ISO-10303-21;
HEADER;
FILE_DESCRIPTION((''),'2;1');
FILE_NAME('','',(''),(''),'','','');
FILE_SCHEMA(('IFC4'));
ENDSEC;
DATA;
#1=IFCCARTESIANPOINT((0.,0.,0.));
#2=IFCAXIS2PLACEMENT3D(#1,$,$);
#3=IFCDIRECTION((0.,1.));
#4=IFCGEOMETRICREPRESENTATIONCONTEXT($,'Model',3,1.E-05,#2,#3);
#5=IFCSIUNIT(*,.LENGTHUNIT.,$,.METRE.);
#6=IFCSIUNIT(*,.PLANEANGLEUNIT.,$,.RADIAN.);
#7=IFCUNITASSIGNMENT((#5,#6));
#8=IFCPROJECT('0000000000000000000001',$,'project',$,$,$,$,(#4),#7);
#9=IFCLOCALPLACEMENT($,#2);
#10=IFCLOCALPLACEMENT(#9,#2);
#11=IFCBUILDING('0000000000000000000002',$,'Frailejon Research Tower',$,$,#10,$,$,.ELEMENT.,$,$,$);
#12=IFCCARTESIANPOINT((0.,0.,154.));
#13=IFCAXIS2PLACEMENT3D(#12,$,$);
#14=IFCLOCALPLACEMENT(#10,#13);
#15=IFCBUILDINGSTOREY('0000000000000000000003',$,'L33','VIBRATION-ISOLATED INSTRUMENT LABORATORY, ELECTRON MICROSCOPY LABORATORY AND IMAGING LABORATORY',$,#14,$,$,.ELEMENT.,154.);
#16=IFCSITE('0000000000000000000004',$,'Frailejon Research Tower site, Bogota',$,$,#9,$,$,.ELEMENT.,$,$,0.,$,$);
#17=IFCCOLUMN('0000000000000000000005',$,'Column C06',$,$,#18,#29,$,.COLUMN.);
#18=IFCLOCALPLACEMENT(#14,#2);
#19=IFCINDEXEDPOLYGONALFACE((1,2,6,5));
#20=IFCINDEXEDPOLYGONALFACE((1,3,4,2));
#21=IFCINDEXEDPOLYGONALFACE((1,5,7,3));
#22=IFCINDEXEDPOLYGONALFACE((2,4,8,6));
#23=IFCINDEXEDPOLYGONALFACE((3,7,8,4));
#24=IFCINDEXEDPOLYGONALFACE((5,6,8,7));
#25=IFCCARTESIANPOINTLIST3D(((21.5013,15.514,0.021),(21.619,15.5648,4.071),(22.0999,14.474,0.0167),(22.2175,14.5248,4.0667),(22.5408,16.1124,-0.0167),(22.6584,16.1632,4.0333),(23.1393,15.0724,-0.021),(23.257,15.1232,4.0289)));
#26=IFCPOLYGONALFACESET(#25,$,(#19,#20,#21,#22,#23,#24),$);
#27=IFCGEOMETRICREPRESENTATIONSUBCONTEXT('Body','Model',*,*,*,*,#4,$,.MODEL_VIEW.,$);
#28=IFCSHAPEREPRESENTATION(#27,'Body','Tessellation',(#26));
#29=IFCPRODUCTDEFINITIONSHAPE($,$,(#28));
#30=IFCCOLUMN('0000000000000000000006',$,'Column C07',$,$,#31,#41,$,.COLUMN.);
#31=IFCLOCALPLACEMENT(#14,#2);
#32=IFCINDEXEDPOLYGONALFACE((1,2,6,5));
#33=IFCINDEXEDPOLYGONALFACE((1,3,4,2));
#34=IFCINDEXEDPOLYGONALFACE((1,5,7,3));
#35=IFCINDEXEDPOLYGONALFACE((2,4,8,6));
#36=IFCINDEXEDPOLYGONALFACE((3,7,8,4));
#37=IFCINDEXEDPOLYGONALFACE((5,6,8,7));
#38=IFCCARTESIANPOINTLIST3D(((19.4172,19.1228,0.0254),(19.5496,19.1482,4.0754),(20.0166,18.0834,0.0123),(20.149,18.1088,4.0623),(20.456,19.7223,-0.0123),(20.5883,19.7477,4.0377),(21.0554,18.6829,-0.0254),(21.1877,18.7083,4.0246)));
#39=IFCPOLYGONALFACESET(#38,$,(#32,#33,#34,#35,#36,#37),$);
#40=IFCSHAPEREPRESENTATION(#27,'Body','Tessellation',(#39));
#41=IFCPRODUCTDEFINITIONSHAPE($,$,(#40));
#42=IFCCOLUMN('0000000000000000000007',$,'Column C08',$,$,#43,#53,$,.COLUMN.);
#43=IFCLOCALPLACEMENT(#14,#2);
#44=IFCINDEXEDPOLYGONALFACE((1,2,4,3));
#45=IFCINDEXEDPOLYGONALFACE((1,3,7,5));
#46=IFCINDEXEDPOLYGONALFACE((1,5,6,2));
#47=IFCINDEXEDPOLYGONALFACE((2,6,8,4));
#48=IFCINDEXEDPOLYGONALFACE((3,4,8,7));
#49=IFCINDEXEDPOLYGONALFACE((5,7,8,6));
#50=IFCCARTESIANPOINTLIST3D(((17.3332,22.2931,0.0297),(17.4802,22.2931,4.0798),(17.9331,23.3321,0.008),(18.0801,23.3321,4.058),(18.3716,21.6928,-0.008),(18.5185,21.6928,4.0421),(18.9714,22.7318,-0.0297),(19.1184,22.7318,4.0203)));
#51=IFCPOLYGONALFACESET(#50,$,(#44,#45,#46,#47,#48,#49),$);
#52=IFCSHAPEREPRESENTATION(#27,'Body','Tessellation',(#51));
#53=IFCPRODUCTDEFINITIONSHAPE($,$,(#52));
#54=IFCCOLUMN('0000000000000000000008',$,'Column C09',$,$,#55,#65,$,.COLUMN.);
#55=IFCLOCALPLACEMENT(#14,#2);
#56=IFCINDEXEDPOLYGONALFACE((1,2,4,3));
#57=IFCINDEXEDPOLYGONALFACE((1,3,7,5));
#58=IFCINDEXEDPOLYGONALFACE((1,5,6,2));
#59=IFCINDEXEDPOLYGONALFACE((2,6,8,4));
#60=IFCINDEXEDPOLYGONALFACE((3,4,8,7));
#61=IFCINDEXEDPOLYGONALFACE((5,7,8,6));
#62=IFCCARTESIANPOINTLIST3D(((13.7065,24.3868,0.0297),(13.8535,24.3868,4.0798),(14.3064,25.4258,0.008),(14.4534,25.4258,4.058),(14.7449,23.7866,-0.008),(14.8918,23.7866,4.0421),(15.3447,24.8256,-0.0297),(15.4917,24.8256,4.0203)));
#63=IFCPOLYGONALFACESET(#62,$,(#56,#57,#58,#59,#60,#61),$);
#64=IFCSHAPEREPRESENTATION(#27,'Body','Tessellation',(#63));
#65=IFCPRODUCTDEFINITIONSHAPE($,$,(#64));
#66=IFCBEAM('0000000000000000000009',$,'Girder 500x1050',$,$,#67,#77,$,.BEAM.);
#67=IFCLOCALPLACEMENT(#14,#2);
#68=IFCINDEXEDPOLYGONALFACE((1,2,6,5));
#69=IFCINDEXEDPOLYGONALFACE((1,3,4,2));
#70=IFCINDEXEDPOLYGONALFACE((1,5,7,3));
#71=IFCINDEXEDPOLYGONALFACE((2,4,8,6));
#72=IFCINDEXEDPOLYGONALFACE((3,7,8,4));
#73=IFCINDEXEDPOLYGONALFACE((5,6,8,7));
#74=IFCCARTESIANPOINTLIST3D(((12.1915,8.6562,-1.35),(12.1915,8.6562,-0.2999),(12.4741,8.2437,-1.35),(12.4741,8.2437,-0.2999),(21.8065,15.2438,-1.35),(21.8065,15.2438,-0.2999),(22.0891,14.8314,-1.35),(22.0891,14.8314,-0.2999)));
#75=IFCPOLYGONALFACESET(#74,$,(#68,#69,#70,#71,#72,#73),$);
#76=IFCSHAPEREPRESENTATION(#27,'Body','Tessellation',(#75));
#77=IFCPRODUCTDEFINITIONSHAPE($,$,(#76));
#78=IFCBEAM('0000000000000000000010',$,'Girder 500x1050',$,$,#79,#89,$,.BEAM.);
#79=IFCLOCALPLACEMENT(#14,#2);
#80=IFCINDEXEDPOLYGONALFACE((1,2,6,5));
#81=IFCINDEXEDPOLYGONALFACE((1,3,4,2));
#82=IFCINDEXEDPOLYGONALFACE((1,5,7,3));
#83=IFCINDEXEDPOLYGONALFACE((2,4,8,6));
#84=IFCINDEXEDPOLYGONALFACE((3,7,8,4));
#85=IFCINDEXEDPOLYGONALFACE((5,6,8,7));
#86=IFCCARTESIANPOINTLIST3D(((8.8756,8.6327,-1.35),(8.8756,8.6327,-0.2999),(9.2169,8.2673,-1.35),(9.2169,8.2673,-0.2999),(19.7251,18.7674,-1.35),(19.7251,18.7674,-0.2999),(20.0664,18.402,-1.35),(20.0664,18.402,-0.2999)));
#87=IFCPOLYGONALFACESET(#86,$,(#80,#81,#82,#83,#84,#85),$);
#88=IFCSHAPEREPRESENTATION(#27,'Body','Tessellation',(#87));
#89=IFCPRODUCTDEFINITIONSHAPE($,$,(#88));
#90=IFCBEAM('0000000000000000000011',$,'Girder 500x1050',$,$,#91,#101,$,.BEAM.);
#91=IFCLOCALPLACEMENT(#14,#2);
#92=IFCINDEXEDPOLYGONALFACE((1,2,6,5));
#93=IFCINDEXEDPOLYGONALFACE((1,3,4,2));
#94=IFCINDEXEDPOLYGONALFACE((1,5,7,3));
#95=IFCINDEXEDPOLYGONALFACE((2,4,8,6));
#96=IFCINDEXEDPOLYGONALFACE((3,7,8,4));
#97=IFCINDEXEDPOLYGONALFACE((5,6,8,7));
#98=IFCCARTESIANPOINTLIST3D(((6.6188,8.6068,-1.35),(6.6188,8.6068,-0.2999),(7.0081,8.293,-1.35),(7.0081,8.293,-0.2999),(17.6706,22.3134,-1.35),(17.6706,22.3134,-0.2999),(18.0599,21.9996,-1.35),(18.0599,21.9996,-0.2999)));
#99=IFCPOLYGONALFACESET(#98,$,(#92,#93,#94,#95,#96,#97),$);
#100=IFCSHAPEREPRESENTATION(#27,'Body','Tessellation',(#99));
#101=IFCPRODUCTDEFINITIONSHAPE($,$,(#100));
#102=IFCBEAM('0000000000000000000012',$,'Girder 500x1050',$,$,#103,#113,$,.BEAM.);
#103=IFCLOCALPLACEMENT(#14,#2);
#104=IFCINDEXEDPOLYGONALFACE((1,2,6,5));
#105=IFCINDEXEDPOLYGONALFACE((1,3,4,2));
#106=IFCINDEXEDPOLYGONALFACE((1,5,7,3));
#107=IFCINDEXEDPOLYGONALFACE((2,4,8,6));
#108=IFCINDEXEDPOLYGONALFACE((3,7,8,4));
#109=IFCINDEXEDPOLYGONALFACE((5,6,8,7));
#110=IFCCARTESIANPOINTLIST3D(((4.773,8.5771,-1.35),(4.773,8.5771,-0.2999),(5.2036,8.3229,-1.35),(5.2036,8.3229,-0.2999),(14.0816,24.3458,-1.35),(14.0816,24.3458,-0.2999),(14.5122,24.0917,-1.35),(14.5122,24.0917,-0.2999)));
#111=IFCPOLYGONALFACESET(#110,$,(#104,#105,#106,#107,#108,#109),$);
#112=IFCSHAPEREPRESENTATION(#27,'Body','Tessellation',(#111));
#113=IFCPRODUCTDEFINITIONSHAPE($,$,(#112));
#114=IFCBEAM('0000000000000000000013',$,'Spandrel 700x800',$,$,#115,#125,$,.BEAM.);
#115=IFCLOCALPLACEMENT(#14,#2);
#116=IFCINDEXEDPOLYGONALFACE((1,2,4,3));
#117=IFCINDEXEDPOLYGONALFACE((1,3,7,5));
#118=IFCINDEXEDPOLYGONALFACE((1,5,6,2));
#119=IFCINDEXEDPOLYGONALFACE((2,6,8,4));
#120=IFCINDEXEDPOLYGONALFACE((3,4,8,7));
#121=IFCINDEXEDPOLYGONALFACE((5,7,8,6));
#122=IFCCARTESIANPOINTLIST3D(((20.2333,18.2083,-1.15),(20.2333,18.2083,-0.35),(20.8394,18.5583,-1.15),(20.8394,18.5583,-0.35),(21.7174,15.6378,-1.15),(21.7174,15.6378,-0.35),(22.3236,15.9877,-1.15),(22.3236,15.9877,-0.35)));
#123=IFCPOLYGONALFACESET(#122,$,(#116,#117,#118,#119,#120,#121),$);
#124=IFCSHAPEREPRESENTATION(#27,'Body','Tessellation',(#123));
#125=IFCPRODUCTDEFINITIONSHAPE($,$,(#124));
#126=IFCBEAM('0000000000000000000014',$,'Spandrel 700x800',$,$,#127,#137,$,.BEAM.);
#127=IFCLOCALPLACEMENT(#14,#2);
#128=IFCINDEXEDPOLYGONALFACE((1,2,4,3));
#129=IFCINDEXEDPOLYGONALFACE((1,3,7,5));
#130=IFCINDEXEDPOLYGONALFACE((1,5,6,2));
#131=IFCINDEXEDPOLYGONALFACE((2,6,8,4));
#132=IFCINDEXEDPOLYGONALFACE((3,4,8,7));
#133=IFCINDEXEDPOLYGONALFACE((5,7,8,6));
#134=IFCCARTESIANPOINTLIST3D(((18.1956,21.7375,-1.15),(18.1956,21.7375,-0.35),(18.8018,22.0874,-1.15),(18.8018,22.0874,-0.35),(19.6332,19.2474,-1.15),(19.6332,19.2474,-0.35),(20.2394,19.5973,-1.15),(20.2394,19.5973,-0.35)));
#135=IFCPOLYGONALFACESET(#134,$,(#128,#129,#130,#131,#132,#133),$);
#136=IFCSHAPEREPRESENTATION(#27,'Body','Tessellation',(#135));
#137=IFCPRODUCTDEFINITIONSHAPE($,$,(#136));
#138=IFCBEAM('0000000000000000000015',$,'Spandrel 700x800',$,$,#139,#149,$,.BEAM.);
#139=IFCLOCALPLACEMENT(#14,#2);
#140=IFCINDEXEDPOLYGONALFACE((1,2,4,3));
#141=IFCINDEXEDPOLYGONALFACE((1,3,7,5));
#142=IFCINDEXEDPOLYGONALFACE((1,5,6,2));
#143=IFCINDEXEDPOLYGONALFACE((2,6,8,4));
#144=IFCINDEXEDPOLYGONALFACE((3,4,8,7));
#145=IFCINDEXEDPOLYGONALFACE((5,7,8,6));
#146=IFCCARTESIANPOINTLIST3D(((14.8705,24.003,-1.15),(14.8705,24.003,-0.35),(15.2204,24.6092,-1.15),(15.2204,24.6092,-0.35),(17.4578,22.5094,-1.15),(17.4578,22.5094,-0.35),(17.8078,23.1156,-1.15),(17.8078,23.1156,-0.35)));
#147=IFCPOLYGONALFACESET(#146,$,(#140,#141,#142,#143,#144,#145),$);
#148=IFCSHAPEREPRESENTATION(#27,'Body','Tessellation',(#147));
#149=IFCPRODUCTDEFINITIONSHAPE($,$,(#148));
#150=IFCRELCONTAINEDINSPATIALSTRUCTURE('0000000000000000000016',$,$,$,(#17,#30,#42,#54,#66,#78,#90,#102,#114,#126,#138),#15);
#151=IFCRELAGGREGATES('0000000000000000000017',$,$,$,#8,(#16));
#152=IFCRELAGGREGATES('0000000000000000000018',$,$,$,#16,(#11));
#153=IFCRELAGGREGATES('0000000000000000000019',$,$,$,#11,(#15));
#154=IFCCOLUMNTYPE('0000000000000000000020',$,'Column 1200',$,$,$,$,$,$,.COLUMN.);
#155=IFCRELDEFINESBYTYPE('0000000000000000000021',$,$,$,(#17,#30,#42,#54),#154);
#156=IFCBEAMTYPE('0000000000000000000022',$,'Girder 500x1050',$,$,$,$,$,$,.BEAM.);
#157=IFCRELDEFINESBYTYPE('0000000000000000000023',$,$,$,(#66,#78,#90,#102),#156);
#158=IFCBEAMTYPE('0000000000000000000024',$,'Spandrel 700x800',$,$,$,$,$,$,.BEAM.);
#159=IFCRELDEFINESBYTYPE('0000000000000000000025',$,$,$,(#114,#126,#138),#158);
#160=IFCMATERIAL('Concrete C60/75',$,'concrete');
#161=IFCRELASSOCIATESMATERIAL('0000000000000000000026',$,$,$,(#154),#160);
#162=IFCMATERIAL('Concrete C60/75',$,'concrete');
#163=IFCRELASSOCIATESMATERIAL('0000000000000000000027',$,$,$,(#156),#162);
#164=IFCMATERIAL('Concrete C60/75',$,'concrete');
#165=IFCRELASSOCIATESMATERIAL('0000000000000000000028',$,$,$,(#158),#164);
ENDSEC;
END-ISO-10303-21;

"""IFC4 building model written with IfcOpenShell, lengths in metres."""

from ifc_helpers import new_model, si_unit, direction, frame, origin, origin_2d, place, context, subcontext, project, spatial, rectangle, extrude, material, material_profile, profile_set, type_object, element, save


model = new_model("IFC4")

# Units and contexts
model_context = context("Model", 3, precision=1e-05, world=origin(), true_north=direction((0.0, 1.0)))
body_context = subcontext(model_context, "Body", "Model", "MODEL_VIEW")
ifc_project = project(units=[si_unit("LENGTHUNIT", "METRE"), si_unit("PLANEANGLEUNIT", "RADIAN")], contexts=[model_context])

# Site, building, storey
site_placement = place(None, origin())
site = spatial("IfcSite", under=ifc_project, at=site_placement, Name="Frailejon Research Tower site, Bogota", CompositionType="ELEMENT", RefElevation=0.0)
building_placement = place(site_placement, origin())
building = spatial("IfcBuilding", under=site, at=building_placement, Name="Frailejon Research Tower", CompositionType="ELEMENT")
storey_placement = place(building_placement, frame((0.0, 0.0, 154.0)))
storey = spatial("IfcBuildingStorey", under=building, at=storey_placement, Name="L33", Description="VIBRATION-ISOLATED INSTRUMENT LABORATORY, ELECTRON MICROSCOPY LABORATORY AND IMAGING LABORATORY", CompositionType="ELEMENT", Elevation=154.0)

# Columns
ifc_material_1 = material(Name="Concrete C60/75", Category="concrete")
ifc_material_profile_1 = material_profile(ifc_material_1, rectangle(XDim=1.2, YDim=1.2, at=origin_2d()), Name="Column 1200")
ifc_profile_set_1 = profile_set([ifc_material_profile_1], Name="Concrete C60/75")
column_type = type_object("IfcColumnType", Name="Column 1200", PredefinedType="COLUMN", material=ifc_profile_set_1)
column_1_placement = place(storey_placement, frame((22.3203, 15.2932, 0.0), z_axis=(0.029041, 0.012532, 0.9995), x_axis=(-0.498795, 0.866712, 0.003625)))
element("IfcColumn", 1, at=column_1_placement, inside=storey, type_object=column_type, Name="Column C06", PredefinedType="COLUMN", context=body_context, shape_type="SweptSolid", body=[
    extrude(rectangle(XDim=1.2, YDim=1.2, at=origin_2d()), origin(), (0.0, 0.0, 1.0), 4.052),
])
column_2_placement = place(storey_placement, frame((20.2363, 18.9028, 0.0), z_axis=(0.032654, 0.006266, 0.999447), x_axis=(-0.49952, 0.866234, 0.01089)))
element("IfcColumn", 2, at=column_2_placement, inside=storey, type_object=column_type, Name="Column C07", PredefinedType="COLUMN", context=body_context, shape_type="SweptSolid", body=[
    extrude(rectangle(XDim=1.2, YDim=1.2, at=origin_2d()), origin(), (0.0, 0.0, 1.0), 4.0522),
])
for number, where, z_axis, x_axis, name in (
    (3, (18.1523, 22.5125, 0.0), (0.036265, 0.0, 0.999342), (-0.865314, 0.500246, 0.031401), "Column C08"),
    (4, (14.5256, 24.6062, 0.0), (0.036265, 0.0, 0.999342), (-0.865314, 0.500246, 0.031401), "Column C09"),
):
    element("IfcColumn", number, at=place(storey_placement, frame(where, z_axis=z_axis, x_axis=x_axis)), inside=storey, type_object=column_type, Name=name, PredefinedType="COLUMN", context=body_context, shape_type="SweptSolid", body=[
        extrude(rectangle(XDim=1.2, YDim=1.2, at=origin_2d()), origin(), (0.0, 0.0, 1.0), 4.0527),
    ])

# Beams
ifc_material_2 = material(Name="Concrete C60/75", Category="concrete")
ifc_material_profile_2 = material_profile(ifc_material_2, rectangle(XDim=0.5, YDim=1.05, at=origin_2d()), Name="Girder 500x1050")
ifc_profile_set_2 = profile_set([ifc_material_profile_2], Name="Concrete C60/75")
beam_type_1 = type_object("IfcBeamType", Name="Girder 500x1050", PredefinedType="BEAM", material=ifc_profile_set_2)
beam_1_placement = place(storey_placement, frame((21.9478, 15.0376, -0.825), z_axis=(-0.824948, -0.565208, 0.0), x_axis=(0.565208, -0.824948, 0.0)))
element("IfcBeam", 5, at=beam_1_placement, inside=storey, type_object=beam_type_1, Name="Girder 500x1050", PredefinedType="BEAM", context=body_context, shape_type="SweptSolid", body=[
    extrude(rectangle(XDim=0.5, YDim=1.05, at=origin_2d()), origin(), (0.0, 0.0, 1.0), 11.6553),
])
beam_2_placement = place(storey_placement, frame((19.8958, 18.5847, -0.825), z_axis=(-0.730771, -0.682623, 0.0), x_axis=(0.682623, -0.730771, 0.0)))
element("IfcBeam", 6, at=beam_2_placement, inside=storey, type_object=beam_type_1, Name="Girder 500x1050", PredefinedType="BEAM", context=body_context, shape_type="SweptSolid", body=[
    extrude(rectangle(XDim=0.5, YDim=1.05, at=origin_2d()), origin(), (0.0, 0.0, 1.0), 14.8467),
])
beam_3_placement = place(storey_placement, frame((17.8652, 22.1565, -0.825), z_axis=(-0.627687, -0.778466, 0.0), x_axis=(0.778466, -0.627687, 0.0)))
element("IfcBeam", 7, at=beam_3_placement, inside=storey, type_object=beam_type_1, Name="Girder 500x1050", PredefinedType="BEAM", context=body_context, shape_type="SweptSolid", body=[
    extrude(rectangle(XDim=0.5, YDim=1.05, at=origin_2d()), origin(), (0.0, 0.0, 1.0), 17.6072),
])
beam_4_placement = place(storey_placement, frame((14.2969, 24.2188, -0.825), z_axis=(-0.508351, -0.86115, 0.0), x_axis=(0.86115, -0.508351, 0.0)))
element("IfcBeam", 8, at=beam_4_placement, inside=storey, type_object=beam_type_1, Name="Girder 500x1050", PredefinedType="BEAM", context=body_context, shape_type="SweptSolid", body=[
    extrude(rectangle(XDim=0.5, YDim=1.05, at=origin_2d()), origin(), (0.0, 0.0, 1.0), 18.3113),
])
ifc_material_3 = material(Name="Concrete C60/75", Category="concrete")
ifc_material_profile_3 = material_profile(ifc_material_3, rectangle(XDim=0.7, YDim=0.8, at=origin_2d()), Name="Spandrel 700x800")
ifc_profile_set_3 = profile_set([ifc_material_profile_3], Name="Concrete C60/75")
beam_type_2 = type_object("IfcBeamType", Name="Spandrel 700x800", PredefinedType="BEAM", material=ifc_profile_set_3)
beam_5_placement = place(storey_placement, frame((22.0205, 15.8127, -0.75), z_axis=(-0.500005, 0.866023, 0.0), x_axis=(-0.866023, -0.500005, 0.0)))
element("IfcBeam", 9, at=beam_5_placement, inside=storey, type_object=beam_type_2, Name="Spandrel 700x800", PredefinedType="BEAM", context=body_context, shape_type="SweptSolid", body=[
    extrude(rectangle(XDim=0.7, YDim=0.8, at=origin_2d()), origin(), (0.0, 0.0, 1.0), 2.9683),
])
beam_6_placement = place(storey_placement, frame((19.9363, 19.4224, -0.75), z_axis=(-0.499975, 0.86604, 0.0), x_axis=(-0.86604, -0.499975, 0.0)))
element("IfcBeam", 10, at=beam_6_placement, inside=storey, type_object=beam_type_2, Name="Spandrel 700x800", PredefinedType="BEAM", context=body_context, shape_type="SweptSolid", body=[
    extrude(rectangle(XDim=0.7, YDim=0.8, at=origin_2d()), origin(), (0.0, 0.0, 1.0), 2.8752),
])
beam_7_placement = place(storey_placement, frame((17.6328, 22.8125, -0.75), z_axis=(-0.866052, 0.499954, 0.0), x_axis=(-0.499954, -0.866052, 0.0)))
element("IfcBeam", 11, at=beam_7_placement, inside=storey, type_object=beam_type_2, Name="Spandrel 700x800", PredefinedType="BEAM", context=body_context, shape_type="SweptSolid", body=[
    extrude(rectangle(XDim=0.7, YDim=0.8, at=origin_2d()), origin(), (0.0, 0.0, 1.0), 2.9875),
])

save(model, "model.ifc")
